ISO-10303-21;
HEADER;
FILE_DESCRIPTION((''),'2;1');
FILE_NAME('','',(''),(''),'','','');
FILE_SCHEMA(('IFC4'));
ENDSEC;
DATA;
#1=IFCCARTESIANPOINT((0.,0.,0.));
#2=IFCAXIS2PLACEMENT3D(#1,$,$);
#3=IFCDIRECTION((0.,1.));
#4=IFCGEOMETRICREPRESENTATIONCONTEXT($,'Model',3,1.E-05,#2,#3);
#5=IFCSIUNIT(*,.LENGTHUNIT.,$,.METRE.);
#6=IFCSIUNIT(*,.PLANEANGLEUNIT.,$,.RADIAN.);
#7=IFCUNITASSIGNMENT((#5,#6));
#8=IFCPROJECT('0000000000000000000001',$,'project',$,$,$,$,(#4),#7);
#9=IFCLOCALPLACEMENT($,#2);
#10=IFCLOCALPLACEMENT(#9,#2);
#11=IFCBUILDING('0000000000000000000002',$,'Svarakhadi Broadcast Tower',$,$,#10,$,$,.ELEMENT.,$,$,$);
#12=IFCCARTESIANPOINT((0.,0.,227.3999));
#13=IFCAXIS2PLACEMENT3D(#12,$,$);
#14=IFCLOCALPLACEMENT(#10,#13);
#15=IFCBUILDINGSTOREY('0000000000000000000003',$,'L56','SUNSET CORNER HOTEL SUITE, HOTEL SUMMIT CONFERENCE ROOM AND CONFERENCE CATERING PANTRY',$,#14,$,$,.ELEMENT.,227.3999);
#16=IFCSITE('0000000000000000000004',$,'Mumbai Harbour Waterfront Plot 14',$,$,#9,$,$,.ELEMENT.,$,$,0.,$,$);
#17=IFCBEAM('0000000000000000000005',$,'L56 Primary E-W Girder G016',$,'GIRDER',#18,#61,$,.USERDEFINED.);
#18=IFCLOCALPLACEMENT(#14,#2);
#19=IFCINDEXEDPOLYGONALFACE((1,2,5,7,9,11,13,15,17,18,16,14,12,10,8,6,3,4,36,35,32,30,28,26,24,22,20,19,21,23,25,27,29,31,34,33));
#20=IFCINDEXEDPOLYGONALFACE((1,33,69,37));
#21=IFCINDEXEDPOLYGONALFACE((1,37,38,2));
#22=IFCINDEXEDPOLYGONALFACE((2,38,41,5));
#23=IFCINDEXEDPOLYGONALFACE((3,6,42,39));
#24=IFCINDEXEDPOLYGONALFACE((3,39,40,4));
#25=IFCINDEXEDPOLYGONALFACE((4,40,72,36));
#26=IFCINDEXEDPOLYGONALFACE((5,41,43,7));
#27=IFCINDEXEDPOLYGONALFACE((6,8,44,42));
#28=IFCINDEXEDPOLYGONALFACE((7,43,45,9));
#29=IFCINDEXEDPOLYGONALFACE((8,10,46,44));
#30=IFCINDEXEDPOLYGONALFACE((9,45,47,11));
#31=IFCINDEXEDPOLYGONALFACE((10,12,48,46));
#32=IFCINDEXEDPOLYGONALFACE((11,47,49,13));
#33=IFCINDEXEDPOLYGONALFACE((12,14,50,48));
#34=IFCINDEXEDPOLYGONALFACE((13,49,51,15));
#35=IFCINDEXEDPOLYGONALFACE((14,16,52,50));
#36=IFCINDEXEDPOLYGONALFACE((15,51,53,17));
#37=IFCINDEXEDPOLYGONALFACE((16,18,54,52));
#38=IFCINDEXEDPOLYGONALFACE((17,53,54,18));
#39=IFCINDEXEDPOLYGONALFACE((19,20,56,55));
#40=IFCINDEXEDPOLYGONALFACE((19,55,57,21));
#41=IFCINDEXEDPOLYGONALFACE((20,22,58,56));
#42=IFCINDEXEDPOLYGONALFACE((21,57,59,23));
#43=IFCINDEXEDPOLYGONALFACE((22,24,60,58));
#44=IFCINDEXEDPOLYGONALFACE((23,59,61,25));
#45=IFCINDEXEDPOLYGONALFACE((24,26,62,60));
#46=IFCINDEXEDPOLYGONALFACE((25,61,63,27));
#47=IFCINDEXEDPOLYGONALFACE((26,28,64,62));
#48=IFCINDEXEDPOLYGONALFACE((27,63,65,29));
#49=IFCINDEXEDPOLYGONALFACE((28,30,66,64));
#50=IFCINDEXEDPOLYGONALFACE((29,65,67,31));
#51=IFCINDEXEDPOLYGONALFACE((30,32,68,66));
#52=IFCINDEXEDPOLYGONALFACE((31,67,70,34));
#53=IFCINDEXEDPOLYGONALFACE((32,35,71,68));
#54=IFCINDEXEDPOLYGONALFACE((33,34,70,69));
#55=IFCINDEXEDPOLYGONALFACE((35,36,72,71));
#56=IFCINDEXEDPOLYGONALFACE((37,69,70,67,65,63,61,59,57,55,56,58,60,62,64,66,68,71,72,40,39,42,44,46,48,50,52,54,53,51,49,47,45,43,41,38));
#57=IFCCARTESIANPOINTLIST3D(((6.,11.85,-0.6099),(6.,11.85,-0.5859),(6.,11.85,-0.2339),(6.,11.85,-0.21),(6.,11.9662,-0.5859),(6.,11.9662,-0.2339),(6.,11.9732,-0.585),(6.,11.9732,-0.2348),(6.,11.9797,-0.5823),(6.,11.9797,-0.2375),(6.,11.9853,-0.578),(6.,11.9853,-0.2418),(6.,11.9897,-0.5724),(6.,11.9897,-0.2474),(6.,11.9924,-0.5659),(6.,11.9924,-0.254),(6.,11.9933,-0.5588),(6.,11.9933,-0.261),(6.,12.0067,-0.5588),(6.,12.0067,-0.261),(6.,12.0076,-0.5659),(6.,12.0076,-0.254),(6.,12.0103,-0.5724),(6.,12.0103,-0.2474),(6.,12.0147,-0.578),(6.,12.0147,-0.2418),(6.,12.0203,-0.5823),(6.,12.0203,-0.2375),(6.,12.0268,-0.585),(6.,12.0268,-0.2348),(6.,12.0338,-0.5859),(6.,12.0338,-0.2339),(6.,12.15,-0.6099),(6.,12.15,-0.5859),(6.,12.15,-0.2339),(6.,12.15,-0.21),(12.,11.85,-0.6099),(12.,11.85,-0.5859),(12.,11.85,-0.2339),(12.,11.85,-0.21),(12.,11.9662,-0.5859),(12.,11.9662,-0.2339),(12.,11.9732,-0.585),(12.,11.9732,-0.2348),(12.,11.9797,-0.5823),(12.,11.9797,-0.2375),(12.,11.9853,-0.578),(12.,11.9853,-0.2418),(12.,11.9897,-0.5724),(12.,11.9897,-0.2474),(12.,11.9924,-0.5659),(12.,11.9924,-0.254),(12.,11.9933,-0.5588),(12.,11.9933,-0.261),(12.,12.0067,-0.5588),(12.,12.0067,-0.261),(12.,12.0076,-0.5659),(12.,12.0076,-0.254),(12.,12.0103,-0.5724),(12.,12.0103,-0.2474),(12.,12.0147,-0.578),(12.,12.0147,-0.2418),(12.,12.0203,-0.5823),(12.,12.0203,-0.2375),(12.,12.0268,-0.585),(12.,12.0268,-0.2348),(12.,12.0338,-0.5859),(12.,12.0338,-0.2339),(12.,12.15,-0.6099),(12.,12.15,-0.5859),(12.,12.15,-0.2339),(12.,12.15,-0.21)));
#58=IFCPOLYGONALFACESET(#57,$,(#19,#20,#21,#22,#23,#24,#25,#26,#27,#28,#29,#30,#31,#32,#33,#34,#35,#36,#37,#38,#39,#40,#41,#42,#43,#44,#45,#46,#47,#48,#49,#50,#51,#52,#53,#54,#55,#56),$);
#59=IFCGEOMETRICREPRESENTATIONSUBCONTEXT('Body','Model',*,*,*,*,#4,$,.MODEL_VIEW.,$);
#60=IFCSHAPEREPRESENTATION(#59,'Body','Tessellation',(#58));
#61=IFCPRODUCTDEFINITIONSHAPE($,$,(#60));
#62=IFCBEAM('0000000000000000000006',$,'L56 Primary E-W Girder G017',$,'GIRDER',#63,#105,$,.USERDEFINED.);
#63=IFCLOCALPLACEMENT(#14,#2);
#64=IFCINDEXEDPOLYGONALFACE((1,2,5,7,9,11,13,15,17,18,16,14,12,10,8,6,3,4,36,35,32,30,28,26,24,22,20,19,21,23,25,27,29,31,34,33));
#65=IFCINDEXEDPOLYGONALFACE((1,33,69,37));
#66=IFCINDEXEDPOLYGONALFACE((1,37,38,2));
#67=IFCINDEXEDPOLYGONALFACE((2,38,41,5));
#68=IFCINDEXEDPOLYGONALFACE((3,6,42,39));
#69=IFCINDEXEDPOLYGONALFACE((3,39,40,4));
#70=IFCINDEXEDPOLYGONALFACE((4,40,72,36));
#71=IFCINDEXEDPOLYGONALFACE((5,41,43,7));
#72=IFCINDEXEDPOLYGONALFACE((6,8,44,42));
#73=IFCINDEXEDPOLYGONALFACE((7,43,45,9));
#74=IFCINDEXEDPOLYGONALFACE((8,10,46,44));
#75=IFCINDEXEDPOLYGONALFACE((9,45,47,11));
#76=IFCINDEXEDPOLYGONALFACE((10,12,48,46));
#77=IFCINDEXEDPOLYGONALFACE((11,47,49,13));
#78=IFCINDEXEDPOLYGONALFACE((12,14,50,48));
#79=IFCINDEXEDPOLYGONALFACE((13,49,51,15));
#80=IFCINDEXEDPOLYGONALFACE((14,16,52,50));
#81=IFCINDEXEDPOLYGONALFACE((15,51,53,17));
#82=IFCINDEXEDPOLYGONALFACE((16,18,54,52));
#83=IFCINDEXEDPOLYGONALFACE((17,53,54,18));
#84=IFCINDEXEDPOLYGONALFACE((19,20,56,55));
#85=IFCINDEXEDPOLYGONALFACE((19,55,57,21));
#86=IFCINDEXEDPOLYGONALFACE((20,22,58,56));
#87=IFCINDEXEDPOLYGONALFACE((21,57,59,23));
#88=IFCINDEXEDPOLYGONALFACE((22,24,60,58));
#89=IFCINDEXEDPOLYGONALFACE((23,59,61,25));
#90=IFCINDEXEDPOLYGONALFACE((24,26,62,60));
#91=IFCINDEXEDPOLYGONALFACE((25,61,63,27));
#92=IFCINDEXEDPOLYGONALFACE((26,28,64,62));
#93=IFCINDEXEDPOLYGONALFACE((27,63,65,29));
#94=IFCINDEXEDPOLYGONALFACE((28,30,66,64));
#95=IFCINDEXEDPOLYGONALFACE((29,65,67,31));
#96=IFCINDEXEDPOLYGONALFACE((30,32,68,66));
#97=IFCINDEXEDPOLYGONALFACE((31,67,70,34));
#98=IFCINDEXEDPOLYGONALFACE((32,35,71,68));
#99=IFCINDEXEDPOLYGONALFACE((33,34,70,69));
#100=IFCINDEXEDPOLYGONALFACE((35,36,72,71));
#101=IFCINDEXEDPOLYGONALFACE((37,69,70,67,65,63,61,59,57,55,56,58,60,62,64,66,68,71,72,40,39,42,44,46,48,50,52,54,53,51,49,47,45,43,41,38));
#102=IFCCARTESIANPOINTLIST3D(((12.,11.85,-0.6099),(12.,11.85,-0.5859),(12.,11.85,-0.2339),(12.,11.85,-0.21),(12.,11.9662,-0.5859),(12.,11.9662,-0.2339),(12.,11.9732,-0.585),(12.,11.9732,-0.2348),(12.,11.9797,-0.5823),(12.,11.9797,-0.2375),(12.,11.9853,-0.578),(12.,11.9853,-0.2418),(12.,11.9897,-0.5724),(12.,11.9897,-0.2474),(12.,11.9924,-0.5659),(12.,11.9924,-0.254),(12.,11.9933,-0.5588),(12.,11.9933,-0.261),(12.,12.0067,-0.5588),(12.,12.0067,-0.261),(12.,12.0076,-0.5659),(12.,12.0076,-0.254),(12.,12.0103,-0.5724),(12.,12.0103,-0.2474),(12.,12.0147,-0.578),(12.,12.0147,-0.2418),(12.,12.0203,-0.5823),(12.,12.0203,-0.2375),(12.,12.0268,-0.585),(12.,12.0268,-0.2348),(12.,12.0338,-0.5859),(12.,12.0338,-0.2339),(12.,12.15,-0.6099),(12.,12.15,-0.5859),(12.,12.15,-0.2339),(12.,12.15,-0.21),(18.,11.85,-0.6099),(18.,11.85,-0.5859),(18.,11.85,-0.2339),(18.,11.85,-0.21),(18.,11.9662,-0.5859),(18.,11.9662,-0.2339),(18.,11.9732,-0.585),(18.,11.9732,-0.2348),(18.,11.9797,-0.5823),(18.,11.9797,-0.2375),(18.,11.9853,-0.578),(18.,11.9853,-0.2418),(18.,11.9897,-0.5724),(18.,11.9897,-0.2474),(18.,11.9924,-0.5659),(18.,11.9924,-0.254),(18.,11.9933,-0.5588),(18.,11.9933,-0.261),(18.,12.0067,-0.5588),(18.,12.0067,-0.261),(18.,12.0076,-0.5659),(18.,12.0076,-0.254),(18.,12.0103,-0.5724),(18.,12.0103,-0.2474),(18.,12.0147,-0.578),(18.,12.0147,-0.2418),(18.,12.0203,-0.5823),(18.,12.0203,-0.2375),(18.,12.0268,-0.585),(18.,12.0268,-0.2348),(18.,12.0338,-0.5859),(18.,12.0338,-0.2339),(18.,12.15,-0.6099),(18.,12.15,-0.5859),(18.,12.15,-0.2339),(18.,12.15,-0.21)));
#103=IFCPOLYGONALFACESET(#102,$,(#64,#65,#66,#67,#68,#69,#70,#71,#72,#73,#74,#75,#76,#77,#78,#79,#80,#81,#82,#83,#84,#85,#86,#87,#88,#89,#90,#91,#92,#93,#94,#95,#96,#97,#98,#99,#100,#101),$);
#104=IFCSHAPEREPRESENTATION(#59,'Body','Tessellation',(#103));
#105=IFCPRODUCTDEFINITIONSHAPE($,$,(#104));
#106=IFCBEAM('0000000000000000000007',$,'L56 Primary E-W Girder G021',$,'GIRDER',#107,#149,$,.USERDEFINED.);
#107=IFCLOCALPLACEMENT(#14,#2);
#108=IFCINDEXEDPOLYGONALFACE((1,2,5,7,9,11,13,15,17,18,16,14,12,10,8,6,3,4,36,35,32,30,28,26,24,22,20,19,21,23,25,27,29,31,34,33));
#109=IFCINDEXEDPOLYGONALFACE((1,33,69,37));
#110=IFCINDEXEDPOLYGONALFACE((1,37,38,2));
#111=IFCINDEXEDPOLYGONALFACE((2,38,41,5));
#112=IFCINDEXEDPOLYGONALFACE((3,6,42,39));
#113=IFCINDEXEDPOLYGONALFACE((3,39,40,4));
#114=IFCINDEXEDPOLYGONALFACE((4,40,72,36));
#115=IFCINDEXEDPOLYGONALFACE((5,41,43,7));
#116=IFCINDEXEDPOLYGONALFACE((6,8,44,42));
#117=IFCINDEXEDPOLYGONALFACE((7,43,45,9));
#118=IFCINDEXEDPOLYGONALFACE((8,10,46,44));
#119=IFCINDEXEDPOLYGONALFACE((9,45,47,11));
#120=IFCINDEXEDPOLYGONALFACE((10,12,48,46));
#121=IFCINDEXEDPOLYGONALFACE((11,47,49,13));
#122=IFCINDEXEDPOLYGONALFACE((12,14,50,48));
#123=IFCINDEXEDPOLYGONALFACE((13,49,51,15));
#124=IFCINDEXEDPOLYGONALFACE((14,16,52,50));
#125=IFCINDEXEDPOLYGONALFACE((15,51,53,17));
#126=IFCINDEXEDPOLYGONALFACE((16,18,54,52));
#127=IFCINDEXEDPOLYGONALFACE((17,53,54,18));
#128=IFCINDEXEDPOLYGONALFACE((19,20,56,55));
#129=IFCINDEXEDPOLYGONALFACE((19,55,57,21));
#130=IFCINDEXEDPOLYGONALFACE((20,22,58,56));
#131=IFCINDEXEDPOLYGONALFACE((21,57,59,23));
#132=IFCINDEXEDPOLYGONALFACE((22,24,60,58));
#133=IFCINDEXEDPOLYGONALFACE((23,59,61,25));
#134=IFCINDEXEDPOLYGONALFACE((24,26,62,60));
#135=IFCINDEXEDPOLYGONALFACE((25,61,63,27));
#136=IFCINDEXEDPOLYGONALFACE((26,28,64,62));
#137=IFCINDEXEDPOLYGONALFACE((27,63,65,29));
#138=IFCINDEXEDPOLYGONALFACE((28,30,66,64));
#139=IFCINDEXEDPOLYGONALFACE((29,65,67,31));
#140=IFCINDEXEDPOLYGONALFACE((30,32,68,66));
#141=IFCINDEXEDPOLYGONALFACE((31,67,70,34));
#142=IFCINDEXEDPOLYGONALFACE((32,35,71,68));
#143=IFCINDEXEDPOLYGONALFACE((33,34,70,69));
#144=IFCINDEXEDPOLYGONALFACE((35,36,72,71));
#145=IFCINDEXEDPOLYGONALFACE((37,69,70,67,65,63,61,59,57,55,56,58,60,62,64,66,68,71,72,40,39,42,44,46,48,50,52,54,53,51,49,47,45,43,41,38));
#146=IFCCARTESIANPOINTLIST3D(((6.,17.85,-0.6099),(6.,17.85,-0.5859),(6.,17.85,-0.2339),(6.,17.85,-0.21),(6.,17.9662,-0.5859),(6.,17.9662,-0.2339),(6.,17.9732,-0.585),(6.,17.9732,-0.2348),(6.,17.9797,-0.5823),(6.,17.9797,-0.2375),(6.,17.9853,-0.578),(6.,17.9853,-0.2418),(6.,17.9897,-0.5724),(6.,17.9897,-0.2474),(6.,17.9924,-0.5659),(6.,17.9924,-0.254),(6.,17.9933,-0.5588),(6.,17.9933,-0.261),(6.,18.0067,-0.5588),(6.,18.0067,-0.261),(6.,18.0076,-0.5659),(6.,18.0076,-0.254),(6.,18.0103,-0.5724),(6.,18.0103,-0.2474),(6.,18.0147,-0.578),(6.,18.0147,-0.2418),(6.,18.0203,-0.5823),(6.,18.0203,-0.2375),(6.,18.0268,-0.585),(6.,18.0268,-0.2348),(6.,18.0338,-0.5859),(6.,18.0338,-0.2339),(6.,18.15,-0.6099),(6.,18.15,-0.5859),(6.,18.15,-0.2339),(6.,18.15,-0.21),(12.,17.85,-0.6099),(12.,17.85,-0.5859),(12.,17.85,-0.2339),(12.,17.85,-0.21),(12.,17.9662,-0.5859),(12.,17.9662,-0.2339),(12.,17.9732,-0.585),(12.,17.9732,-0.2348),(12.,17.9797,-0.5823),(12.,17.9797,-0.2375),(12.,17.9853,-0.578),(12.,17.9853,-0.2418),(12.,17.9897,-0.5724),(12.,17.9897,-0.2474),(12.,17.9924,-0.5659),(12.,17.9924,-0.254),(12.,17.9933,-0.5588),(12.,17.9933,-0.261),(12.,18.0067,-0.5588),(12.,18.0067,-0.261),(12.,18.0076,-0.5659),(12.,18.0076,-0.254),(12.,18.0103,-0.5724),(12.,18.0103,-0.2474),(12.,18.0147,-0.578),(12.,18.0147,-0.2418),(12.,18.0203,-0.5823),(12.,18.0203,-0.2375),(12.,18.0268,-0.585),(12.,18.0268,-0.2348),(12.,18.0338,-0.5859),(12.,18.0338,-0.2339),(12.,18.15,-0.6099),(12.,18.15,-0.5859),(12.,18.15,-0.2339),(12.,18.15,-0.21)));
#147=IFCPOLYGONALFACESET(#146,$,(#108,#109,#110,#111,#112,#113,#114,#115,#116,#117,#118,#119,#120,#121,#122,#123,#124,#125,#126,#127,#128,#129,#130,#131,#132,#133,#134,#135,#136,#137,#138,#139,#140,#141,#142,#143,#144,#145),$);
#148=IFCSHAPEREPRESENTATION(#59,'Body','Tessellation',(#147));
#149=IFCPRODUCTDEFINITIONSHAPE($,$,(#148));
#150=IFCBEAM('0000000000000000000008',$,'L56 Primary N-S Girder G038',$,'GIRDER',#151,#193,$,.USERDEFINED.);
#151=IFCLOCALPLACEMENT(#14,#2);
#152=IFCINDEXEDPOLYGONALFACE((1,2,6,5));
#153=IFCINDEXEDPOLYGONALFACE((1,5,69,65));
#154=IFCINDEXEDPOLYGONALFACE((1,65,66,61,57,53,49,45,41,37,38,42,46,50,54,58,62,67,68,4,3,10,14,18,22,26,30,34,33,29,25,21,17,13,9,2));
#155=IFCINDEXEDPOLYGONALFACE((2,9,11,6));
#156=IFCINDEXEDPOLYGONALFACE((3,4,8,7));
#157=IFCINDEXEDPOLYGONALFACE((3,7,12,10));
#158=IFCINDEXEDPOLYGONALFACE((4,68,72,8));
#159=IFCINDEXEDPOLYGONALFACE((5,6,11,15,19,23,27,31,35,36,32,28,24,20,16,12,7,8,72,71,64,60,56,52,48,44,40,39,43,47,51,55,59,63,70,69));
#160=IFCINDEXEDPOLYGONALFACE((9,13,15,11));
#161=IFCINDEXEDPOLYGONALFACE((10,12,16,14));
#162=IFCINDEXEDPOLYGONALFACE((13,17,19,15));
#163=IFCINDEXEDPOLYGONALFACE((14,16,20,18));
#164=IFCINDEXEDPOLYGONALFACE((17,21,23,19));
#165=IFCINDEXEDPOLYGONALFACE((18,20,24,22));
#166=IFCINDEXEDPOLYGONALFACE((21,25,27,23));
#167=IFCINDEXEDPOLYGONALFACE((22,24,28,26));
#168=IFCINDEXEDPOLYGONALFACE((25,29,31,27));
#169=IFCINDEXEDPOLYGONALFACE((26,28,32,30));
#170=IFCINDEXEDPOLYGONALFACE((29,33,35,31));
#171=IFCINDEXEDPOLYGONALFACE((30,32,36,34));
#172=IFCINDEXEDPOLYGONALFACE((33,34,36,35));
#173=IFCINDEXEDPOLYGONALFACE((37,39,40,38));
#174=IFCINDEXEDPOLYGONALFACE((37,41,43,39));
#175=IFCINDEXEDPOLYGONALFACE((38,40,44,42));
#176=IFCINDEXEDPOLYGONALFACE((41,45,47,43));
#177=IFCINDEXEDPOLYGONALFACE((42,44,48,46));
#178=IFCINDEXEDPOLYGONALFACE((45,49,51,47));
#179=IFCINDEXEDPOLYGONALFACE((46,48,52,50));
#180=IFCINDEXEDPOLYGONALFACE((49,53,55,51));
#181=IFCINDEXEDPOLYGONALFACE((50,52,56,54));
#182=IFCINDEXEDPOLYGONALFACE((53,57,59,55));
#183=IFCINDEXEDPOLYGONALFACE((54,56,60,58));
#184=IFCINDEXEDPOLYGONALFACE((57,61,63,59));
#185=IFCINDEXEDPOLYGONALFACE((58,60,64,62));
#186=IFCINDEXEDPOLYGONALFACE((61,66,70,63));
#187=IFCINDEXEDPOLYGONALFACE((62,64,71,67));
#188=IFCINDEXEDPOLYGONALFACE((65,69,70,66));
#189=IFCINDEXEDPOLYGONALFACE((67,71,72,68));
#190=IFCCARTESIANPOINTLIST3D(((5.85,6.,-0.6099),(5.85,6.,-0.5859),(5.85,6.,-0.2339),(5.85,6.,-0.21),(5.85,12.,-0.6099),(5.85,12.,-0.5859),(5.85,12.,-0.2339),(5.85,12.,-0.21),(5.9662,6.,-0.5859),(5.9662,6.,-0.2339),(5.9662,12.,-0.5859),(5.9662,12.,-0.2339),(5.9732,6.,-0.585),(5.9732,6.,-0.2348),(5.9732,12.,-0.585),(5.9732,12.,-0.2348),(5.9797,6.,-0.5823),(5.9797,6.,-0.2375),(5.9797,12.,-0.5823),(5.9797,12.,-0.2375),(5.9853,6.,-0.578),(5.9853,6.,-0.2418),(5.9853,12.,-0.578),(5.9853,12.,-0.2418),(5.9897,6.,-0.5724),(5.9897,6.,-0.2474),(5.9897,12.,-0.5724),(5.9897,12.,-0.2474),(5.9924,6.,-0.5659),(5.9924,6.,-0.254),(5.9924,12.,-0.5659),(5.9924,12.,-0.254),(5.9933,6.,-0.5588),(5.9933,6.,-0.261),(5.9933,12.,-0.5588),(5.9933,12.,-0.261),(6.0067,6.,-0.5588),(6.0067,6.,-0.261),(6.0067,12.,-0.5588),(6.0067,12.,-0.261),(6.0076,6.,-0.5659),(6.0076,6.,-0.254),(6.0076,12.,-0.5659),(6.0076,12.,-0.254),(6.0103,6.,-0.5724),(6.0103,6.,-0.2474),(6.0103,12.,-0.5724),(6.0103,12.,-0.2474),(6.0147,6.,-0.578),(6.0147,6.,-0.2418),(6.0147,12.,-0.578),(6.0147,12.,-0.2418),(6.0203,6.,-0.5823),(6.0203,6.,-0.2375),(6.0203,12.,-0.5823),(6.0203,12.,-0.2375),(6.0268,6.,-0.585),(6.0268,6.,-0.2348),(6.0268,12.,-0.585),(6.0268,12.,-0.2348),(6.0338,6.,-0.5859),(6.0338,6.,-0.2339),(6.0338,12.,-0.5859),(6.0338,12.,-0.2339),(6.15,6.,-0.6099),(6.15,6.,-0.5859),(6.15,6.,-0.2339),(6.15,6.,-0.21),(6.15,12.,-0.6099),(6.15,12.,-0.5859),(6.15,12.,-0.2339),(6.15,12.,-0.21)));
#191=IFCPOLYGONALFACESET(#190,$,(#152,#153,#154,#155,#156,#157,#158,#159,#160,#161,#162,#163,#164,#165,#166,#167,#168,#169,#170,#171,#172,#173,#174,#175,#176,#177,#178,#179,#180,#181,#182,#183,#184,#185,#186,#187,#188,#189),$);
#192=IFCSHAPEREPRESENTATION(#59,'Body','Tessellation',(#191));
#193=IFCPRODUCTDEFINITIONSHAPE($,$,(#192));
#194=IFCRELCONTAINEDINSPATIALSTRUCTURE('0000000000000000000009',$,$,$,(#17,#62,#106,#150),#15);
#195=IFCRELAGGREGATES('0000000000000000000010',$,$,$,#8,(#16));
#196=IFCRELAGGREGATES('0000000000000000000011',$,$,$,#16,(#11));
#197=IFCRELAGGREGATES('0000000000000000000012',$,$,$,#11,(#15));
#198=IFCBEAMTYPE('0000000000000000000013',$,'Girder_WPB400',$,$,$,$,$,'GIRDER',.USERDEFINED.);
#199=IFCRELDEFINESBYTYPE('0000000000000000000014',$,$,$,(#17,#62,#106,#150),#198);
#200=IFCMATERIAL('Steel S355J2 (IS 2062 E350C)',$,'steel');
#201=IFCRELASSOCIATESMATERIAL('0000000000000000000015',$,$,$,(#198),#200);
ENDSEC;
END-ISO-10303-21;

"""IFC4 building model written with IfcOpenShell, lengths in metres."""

from ifc_helpers import new_model, si_unit, direction, frame, origin, origin_2d, place, context, subcontext, project, spatial, i_section, extrude, material, material_profile, profile_set, type_object, element, save


model = new_model("IFC4")

# Units and contexts
model_context = context("Model", 3, precision=1e-05, world=origin(), true_north=direction((0.0, 1.0)))
body_context = subcontext(model_context, "Body", "Model", "MODEL_VIEW")
ifc_project = project(units=[si_unit("LENGTHUNIT", "METRE"), si_unit("PLANEANGLEUNIT", "RADIAN")], contexts=[model_context])

# Site, building, storey
site_placement = place(None, origin())
site = spatial("IfcSite", under=ifc_project, at=site_placement, Name="Mumbai Harbour Waterfront Plot 14", CompositionType="ELEMENT", RefElevation=0.0)
building_placement = place(site_placement, origin())
building = spatial("IfcBuilding", under=site, at=building_placement, Name="Svarakhadi Broadcast Tower", CompositionType="ELEMENT")
storey_placement = place(building_placement, frame((0.0, 0.0, 227.3999)))
storey = spatial("IfcBuildingStorey", under=building, at=storey_placement, Name="L56", Description="SUNSET CORNER HOTEL SUITE, HOTEL SUMMIT CONFERENCE ROOM AND CONFERENCE CATERING PANTRY", CompositionType="ELEMENT", Elevation=227.3999)

# Beams
ifc_material_1 = material(Name="Steel S355J2 (IS 2062 E350C)", Category="steel")
ifc_material_profile_1 = material_profile(ifc_material_1, i_section(OverallWidth=0.3, OverallDepth=0.3999, WebThickness=0.0134, FlangeThickness=0.0239, FilletRadius=0.0271, at=origin_2d()), Name="WPB 400x300x155")
ifc_profile_set_1 = profile_set([ifc_material_profile_1], Name="Steel S355J2 (IS 2062 E350C)")
beam_type_1 = type_object("IfcBeamType", Name="Girder_WPB400", ElementType="GIRDER", PredefinedType="USERDEFINED", material=ifc_profile_set_1)
for number, where, z_axis, x_axis, name in (
    (1, (6.0, 12.0, -0.4099), (1.0, 0.0, 0.0), (0.0, 1.0, 0.0), "L56 Primary E-W Girder G016"),
    (2, (12.0, 12.0, -0.4099), (1.0, 0.0, 0.0), (0.0, 1.0, 0.0), "L56 Primary E-W Girder G017"),
    (3, (6.0, 18.0, -0.4099), (1.0, 0.0, 0.0), (0.0, 1.0, 0.0), "L56 Primary E-W Girder G021"),
    (4, (6.0, 6.0, -0.4099), (0.0, 1.0, 0.0), (-1.0, 0.0, 0.0), "L56 Primary N-S Girder G038"),
):
    element("IfcBeam", number, at=place(storey_placement, frame(where, z_axis=z_axis, x_axis=x_axis)), inside=storey, type_object=beam_type_1, Name=name, ObjectType="GIRDER", PredefinedType="USERDEFINED", context=body_context, shape_type="SweptSolid", body=[
        extrude(i_section(OverallWidth=0.3, OverallDepth=0.3999, WebThickness=0.0134, FlangeThickness=0.0239, FilletRadius=0.0271, at=origin_2d()), origin(), (0.0, 0.0, 1.0), 6.0),
    ])

save(model, "model.ifc")
